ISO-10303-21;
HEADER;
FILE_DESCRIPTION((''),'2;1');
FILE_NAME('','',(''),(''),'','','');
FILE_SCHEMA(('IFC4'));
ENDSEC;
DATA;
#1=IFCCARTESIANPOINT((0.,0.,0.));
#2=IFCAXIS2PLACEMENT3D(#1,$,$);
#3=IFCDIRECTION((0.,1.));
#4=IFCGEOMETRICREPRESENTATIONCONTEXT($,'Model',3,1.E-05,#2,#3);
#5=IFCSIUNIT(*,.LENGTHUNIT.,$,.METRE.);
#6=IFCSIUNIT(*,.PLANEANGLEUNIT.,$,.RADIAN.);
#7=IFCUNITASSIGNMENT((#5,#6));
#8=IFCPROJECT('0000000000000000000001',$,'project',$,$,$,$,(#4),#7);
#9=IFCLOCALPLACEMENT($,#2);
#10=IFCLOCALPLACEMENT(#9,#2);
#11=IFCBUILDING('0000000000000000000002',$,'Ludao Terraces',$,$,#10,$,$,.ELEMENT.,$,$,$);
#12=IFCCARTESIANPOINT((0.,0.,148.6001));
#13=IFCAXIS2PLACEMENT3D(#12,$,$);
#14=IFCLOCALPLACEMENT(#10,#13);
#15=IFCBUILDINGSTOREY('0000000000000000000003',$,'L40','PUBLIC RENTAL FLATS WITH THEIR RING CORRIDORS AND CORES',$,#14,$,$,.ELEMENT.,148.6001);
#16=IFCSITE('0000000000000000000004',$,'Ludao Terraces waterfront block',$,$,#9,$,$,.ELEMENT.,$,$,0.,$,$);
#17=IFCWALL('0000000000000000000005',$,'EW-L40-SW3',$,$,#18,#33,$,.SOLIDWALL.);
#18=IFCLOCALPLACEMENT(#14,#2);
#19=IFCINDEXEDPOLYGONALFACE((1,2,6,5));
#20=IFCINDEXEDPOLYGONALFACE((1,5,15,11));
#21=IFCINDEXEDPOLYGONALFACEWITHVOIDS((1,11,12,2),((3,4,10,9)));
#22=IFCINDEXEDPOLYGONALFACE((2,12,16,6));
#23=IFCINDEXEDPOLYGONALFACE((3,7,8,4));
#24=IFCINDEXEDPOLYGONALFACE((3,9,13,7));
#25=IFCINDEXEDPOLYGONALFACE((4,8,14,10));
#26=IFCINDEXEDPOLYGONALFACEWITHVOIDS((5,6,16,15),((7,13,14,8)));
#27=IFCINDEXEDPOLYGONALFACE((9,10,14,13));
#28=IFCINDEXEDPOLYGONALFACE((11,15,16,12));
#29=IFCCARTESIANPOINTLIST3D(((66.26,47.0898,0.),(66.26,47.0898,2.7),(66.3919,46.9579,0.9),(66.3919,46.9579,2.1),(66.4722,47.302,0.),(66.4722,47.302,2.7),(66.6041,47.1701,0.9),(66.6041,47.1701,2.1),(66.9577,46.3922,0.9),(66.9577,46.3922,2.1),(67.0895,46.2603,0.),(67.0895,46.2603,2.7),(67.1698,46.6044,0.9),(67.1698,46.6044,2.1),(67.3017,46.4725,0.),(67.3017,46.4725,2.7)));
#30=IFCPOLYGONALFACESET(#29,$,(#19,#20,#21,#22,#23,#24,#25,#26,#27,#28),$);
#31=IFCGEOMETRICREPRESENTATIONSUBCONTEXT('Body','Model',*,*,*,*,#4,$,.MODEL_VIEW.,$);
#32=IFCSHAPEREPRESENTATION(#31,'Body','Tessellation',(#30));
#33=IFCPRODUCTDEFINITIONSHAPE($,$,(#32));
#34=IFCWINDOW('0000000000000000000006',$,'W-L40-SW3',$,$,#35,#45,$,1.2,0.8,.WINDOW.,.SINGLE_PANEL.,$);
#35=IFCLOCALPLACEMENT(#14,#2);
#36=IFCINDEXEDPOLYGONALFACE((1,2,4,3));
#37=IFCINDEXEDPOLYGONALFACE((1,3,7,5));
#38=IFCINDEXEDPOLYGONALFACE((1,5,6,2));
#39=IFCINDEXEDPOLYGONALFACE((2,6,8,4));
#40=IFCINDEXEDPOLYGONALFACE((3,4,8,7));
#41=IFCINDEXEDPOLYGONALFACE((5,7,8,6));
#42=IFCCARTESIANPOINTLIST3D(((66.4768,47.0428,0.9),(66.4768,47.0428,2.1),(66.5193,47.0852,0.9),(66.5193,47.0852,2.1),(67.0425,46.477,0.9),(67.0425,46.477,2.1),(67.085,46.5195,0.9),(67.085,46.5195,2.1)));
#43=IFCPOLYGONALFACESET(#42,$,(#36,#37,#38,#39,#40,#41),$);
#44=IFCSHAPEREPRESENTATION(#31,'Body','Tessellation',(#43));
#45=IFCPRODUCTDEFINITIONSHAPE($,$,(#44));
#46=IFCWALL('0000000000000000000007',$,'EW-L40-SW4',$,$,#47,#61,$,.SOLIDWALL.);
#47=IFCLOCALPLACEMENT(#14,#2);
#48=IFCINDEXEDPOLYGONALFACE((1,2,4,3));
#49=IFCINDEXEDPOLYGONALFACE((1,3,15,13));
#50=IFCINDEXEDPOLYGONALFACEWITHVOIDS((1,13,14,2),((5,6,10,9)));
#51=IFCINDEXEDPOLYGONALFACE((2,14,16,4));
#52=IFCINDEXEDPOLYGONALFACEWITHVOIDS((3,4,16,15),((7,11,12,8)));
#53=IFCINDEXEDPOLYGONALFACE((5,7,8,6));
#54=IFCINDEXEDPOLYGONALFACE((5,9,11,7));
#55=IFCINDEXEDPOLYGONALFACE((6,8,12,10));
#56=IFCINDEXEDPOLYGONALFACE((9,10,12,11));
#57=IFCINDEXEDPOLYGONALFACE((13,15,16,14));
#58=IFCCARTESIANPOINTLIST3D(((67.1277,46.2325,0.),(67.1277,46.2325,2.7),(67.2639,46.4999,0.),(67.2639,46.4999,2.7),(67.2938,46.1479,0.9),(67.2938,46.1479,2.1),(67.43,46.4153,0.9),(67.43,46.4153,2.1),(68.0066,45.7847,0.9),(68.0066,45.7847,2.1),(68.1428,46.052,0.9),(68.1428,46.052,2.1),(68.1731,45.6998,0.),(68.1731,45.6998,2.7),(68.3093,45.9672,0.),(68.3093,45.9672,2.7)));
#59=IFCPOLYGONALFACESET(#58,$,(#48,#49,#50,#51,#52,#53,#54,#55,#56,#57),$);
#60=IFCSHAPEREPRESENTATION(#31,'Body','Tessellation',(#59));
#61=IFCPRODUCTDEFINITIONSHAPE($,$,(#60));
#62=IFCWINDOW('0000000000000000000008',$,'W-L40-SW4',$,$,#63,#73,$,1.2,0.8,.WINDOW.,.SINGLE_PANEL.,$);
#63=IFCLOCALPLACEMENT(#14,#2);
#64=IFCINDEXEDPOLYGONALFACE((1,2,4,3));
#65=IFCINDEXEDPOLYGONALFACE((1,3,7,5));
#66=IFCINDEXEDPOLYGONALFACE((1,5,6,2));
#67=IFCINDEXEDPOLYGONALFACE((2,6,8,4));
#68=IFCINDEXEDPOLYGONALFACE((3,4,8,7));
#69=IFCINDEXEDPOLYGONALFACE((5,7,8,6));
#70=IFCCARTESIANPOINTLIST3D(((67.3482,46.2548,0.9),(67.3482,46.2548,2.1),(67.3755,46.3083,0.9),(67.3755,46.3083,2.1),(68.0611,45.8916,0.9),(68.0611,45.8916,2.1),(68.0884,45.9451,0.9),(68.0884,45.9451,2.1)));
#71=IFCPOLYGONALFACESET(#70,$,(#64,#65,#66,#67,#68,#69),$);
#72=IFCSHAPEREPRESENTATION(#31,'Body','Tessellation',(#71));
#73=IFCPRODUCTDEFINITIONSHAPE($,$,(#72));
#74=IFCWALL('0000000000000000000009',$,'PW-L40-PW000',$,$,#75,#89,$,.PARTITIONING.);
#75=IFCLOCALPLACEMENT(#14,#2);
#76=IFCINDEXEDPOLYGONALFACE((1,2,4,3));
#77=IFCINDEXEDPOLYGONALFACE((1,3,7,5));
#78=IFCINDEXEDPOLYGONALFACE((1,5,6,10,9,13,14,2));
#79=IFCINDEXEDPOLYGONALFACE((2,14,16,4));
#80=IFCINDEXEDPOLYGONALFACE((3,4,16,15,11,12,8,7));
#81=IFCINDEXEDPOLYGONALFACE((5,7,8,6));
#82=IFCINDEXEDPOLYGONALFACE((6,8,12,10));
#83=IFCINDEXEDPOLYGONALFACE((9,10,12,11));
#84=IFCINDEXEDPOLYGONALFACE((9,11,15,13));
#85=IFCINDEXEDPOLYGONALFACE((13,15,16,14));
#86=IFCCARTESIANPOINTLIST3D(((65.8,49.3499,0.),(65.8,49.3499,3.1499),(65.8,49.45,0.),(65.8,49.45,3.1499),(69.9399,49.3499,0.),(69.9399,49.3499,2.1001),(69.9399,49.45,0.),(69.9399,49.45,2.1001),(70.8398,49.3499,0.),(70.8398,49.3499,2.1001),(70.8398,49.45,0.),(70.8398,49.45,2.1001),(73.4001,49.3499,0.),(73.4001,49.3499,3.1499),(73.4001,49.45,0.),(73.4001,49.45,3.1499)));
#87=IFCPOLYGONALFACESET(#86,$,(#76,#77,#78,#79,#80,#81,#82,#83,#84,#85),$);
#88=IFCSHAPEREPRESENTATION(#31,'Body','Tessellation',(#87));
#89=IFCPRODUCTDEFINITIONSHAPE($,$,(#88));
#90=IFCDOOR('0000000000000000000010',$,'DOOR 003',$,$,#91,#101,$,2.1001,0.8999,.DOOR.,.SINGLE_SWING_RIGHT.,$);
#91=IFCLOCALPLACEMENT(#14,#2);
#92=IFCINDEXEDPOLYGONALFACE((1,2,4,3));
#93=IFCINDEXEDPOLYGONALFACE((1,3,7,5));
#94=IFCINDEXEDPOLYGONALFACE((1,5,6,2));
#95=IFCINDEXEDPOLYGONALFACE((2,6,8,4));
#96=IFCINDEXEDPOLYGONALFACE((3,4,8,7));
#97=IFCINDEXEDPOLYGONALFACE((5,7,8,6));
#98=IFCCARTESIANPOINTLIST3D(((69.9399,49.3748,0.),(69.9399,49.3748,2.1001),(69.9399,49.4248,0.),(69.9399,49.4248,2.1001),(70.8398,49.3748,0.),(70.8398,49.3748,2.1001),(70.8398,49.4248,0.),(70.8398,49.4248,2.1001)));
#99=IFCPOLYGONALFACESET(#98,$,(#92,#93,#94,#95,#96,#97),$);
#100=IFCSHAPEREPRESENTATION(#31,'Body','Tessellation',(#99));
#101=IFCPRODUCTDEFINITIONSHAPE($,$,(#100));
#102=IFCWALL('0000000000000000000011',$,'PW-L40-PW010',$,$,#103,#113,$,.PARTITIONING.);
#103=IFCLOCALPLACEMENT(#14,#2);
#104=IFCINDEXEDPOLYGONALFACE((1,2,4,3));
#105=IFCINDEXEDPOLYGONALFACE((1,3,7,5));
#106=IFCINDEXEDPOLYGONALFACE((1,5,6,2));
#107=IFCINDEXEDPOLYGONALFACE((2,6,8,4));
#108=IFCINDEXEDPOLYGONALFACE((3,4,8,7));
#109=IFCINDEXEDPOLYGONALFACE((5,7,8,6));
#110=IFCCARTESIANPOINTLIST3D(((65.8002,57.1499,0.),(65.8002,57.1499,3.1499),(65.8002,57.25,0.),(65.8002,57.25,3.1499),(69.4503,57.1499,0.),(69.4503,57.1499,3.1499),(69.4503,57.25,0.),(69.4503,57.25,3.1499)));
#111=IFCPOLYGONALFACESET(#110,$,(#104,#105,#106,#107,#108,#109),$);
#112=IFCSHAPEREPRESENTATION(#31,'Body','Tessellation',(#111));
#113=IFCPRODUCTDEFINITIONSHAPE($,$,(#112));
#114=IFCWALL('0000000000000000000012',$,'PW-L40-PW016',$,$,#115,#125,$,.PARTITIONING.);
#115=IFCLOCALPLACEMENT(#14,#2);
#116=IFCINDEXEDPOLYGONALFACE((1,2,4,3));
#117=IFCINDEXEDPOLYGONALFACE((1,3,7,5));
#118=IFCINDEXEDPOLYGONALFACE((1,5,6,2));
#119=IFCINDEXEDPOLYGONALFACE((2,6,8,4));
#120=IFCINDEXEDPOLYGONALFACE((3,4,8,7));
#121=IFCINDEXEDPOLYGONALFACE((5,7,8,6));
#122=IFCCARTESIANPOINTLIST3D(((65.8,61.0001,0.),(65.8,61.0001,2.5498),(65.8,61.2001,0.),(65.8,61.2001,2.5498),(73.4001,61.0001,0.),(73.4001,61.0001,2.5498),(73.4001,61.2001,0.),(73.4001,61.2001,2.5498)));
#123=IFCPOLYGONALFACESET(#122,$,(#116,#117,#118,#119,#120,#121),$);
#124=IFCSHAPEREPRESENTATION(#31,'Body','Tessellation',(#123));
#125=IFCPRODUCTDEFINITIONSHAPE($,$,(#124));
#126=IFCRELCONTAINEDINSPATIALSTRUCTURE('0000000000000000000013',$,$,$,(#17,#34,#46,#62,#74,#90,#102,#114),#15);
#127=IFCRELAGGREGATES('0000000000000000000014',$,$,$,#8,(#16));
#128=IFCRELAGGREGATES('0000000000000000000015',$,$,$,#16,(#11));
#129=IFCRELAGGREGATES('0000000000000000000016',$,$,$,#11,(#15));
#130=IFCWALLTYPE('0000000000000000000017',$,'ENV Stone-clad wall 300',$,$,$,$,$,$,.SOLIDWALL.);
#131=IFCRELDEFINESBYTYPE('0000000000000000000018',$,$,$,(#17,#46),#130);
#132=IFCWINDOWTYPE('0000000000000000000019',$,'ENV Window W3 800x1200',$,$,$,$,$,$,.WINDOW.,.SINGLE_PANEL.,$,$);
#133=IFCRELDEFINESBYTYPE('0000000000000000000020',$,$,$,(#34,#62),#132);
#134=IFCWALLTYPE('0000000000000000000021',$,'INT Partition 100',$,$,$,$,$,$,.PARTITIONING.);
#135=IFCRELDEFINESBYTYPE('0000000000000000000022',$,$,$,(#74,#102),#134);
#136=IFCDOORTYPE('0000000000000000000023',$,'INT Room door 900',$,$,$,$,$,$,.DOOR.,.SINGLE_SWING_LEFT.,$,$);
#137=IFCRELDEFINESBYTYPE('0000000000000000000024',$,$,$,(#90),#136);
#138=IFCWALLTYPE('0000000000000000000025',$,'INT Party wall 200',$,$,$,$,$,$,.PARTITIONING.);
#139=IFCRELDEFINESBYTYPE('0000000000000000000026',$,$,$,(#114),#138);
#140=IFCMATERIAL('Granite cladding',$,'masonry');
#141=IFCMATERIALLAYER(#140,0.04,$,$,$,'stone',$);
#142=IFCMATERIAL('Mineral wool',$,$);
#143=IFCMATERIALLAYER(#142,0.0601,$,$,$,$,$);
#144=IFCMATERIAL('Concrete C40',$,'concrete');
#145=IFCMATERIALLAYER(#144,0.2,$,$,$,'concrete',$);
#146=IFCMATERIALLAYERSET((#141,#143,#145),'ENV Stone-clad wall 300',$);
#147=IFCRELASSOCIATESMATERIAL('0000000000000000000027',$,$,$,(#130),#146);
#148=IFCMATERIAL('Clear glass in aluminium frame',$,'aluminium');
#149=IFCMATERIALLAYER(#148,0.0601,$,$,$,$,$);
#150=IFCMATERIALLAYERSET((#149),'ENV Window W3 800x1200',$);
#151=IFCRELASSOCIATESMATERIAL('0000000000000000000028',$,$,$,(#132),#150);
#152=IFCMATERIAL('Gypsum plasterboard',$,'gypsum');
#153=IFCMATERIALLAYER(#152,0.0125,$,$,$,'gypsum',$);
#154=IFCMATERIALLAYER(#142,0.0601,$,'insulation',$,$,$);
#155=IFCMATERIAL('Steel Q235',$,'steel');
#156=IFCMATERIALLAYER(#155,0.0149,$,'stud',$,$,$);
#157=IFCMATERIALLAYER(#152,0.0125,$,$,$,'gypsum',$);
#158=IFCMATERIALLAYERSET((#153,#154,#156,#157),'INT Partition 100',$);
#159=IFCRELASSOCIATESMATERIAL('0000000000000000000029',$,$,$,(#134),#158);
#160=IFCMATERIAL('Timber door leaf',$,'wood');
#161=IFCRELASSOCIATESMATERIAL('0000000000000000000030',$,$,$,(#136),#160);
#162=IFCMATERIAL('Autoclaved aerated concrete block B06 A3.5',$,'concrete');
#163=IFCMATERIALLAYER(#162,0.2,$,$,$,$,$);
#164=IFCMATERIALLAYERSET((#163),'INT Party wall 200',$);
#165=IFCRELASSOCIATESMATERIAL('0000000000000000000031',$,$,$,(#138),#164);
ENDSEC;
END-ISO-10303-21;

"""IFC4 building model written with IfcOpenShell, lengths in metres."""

from ifc_helpers import new_model, si_unit, direction, frame, frame_2d, origin, place, context, subcontext, project, spatial, rectangle, extrude, material, layer, layer_set, type_object, element, fill, save


model = new_model("IFC4")

# Units and contexts
model_context = context("Model", 3, precision=1e-05, world=origin(), true_north=direction((0.0, 1.0)))
body_context = subcontext(model_context, "Body", "Model", "MODEL_VIEW")
ifc_project = project(units=[si_unit("LENGTHUNIT", "METRE"), si_unit("PLANEANGLEUNIT", "RADIAN")], contexts=[model_context])

# Site, building, storey
site_placement = place(None, origin())
site = spatial("IfcSite", under=ifc_project, at=site_placement, Name="Ludao Terraces waterfront block", CompositionType="ELEMENT", RefElevation=0.0)
building_placement = place(site_placement, origin())
building = spatial("IfcBuilding", under=site, at=building_placement, Name="Ludao Terraces", CompositionType="ELEMENT")
storey_placement = place(building_placement, frame((0.0, 0.0, 148.6001)))
storey = spatial("IfcBuildingStorey", under=building, at=storey_placement, Name="L40", Description="PUBLIC RENTAL FLATS WITH THEIR RING CORRIDORS AND CORES", CompositionType="ELEMENT", Elevation=148.6001)

# Shared definitions
ifc_material_1 = material(Name="Concrete C40", Category="concrete")

# Shared definitions
ifc_material_2 = material(Name="Granite cladding", Category="masonry")
ifc_layer_1 = layer(ifc_material_2, 0.04, Category="stone")
ifc_material_3 = material(Name="Mineral wool")
ifc_layer_2 = layer(ifc_material_3, 0.0601)
ifc_layer_3 = layer(ifc_material_1, 0.2, Category="concrete")
ifc_layer_set_1 = layer_set([ifc_layer_1, ifc_layer_2, ifc_layer_3], Name="ENV Stone-clad wall 300")
wall_type_1 = type_object("IfcWallType", Name="ENV Stone-clad wall 300", PredefinedType="SOLIDWALL", material=ifc_layer_set_1)
ifc_material_4 = material(Name="Clear glass in aluminium frame", Category="aluminium")

# Walls, openings, windows
ifc_layer_4 = layer(ifc_material_4, 0.0601)
ifc_layer_set_2 = layer_set([ifc_layer_4], Name="ENV Window W3 800x1200")
window_type_1 = type_object("IfcWindowType", Name="ENV Window W3 800x1200", PartitioningType="SINGLE_PANEL", PredefinedType="WINDOW", material=ifc_layer_set_2)
wall_1_placement = place(storey_placement, frame((66.3662, 47.1958, 0.0), z_axis=(0.0, 0.0, 1.0), x_axis=(0.707107, -0.707107, 0.0)))
wall_1 = element("IfcWall", 1, at=wall_1_placement, inside=storey, type_object=wall_type_1, Name="EW-L40-SW3", PredefinedType="SOLIDWALL", context=body_context, shape_type="SweptSolid", body=[
    extrude(rectangle(XDim=1.1731, YDim=0.3, at=frame_2d((0.5864, 0.0))), origin(), (0.0, 0.0, 1.0), 2.7),
])
opening_1_placement = place(wall_1_placement, frame((0.1865, 0.0, 0.8999)))
opening_1 = element("IfcOpeningElement", 2, at=opening_1_placement, cuts=wall_1, PredefinedType="OPENING", context=body_context, shape_type="SweptSolid", body=[
    extrude(rectangle(XDim=0.8, YDim=1.2, at=frame_2d((0.3999, 0.6001))), frame((0.0, 0.1602, 0.0), z_axis=(0.0, -1.0, 0.0), x_axis=(1.0, 0.0, 0.0)), (0.0, 0.0, 1.0), 0.3201),
])
window_1_placement = place(opening_1_placement, origin())
window_1 = element("IfcWindow", 3, at=window_1_placement, inside=storey, type_object=window_type_1, Name="W-L40-SW3", OverallHeight=1.2, OverallWidth=0.8, PartitioningType="SINGLE_PANEL", PredefinedType="WINDOW", context=body_context, shape_type="SweptSolid", body=[
    extrude(rectangle(XDim=0.8, YDim=1.2, at=frame_2d((0.3999, 0.6001))), frame((0.0, 0.03, 0.0), z_axis=(0.0, -1.0, 0.0), x_axis=(1.0, 0.0, 0.0)), (0.0, 0.0, 1.0), 0.0601),
])
fill(opening_1, window_1)
wall_2_placement = place(storey_placement, frame((67.1958, 46.3662, 0.0), z_axis=(0.0, 0.0, 1.0), x_axis=(0.890989, -0.454026, 0.0)))
wall_2 = element("IfcWall", 4, at=wall_2_placement, inside=storey, type_object=wall_type_1, Name="EW-L40-SW4", PredefinedType="SOLIDWALL", context=body_context, shape_type="SweptSolid", body=[
    extrude(rectangle(XDim=1.1733, YDim=0.3, at=frame_2d((0.5867, 0.0))), origin(), (0.0, 0.0, 1.0), 2.7),
])
opening_2_placement = place(wall_2_placement, frame((0.1865, 0.0, 0.8999)))
opening_2 = element("IfcOpeningElement", 5, at=opening_2_placement, cuts=wall_2, PredefinedType="OPENING", context=body_context, shape_type="SweptSolid", body=[
    extrude(rectangle(XDim=0.8, YDim=1.2, at=frame_2d((0.3999, 0.6001))), frame((0.0, 0.1602, 0.0), z_axis=(0.0, -1.0, 0.0), x_axis=(1.0, 0.0, 0.0)), (0.0, 0.0, 1.0), 0.3201),
])
window_2_placement = place(opening_2_placement, origin())
window_2 = element("IfcWindow", 6, at=window_2_placement, inside=storey, type_object=window_type_1, Name="W-L40-SW4", OverallHeight=1.2, OverallWidth=0.8, PartitioningType="SINGLE_PANEL", PredefinedType="WINDOW", context=body_context, shape_type="SweptSolid", body=[
    extrude(rectangle(XDim=0.8, YDim=1.2, at=frame_2d((0.3999, 0.6001))), frame((0.0, 0.03, 0.0), z_axis=(0.0, -1.0, 0.0), x_axis=(1.0, 0.0, 0.0)), (0.0, 0.0, 1.0), 0.0601),
])
fill(opening_2, window_2)

# Wall, opening, door
ifc_material_5 = material(Name="Gypsum plasterboard", Category="gypsum")
ifc_layer_5 = layer(ifc_material_5, 0.0125, Category="gypsum")
ifc_layer_6 = layer(ifc_material_3, 0.0601, Name="insulation")
ifc_material_6 = material(Name="Steel Q235", Category="steel")
ifc_layer_7 = layer(ifc_material_6, 0.0149, Name="stud")
ifc_layer_8 = layer(ifc_material_5, 0.0125, Category="gypsum")
ifc_layer_set_3 = layer_set([ifc_layer_5, ifc_layer_6, ifc_layer_7, ifc_layer_8], Name="INT Partition 100")
wall_type_2 = type_object("IfcWallType", Name="INT Partition 100", PredefinedType="PARTITIONING", material=ifc_layer_set_3)
wall_3_placement = place(storey_placement, frame((65.8, 49.3999, 0.0), z_axis=(0.0, 0.0, 1.0), x_axis=(1.0, 0.0, 0.0)))
wall_3 = element("IfcWall", 7, at=wall_3_placement, inside=storey, type_object=wall_type_2, Name="PW-L40-PW000", PredefinedType="PARTITIONING", context=body_context, shape_type="SweptSolid", body=[
    extrude(rectangle(XDim=7.6001, YDim=0.1001, at=frame_2d((3.8, 0.0))), origin(), (0.0, 0.0, 1.0), 3.1499),
])
opening_3_placement = place(wall_3_placement, frame((4.1399, 0.0, 0.0)))
opening_3 = element("IfcOpeningElement", 8, at=opening_3_placement, cuts=wall_3, PredefinedType="OPENING", context=body_context, shape_type="SweptSolid", body=[
    extrude(rectangle(XDim=0.8999, YDim=2.1001, at=frame_2d((0.45, 1.05))), frame((0.0, 0.0601, 0.0), z_axis=(0.0, -1.0, 0.0), x_axis=(1.0, 0.0, 0.0)), (0.0, 0.0, 1.0), 0.1201),
])
ifc_material_7 = material(Name="Timber door leaf", Category="wood")
door_type_1 = type_object("IfcDoorType", Name="INT Room door 900", OperationType="SINGLE_SWING_LEFT", PredefinedType="DOOR", material=ifc_material_7)
door_1_placement = place(opening_3_placement, origin())
door_1 = element("IfcDoor", 9, at=door_1_placement, inside=storey, type_object=door_type_1, Name="DOOR 003", OperationType="SINGLE_SWING_RIGHT", OverallHeight=2.1001, OverallWidth=0.8999, PredefinedType="DOOR", context=body_context, shape_type="SweptSolid", body=[
    extrude(rectangle(XDim=0.8999, YDim=2.1001, at=frame_2d((0.45, 1.05))), frame((0.0, 0.0249, 0.0), z_axis=(0.0, -1.0, 0.0), x_axis=(1.0, 0.0, 0.0)), (0.0, 0.0, 1.0), 0.05),
])
fill(opening_3, door_1)

# Walls
wall_4_placement = place(storey_placement, frame((65.8, 57.2, 0.0), z_axis=(0.0, 0.0, 1.0), x_axis=(1.0, 0.0, 0.0)))
element("IfcWall", 10, at=wall_4_placement, inside=storey, type_object=wall_type_2, Name="PW-L40-PW010", PredefinedType="PARTITIONING", context=body_context, shape_type="SweptSolid", body=[
    extrude(rectangle(XDim=3.6501, YDim=0.1001, at=frame_2d((1.8252, 0.0))), origin(), (0.0, 0.0, 1.0), 3.1499),
])
ifc_material_8 = material(Name="Autoclaved aerated concrete block B06 A3.5", Category="concrete")
ifc_layer_9 = layer(ifc_material_8, 0.2)
ifc_layer_set_4 = layer_set([ifc_layer_9], Name="INT Party wall 200")
wall_type_3 = type_object("IfcWallType", Name="INT Party wall 200", PredefinedType="PARTITIONING", material=ifc_layer_set_4)
wall_5_placement = place(storey_placement, frame((65.8, 61.1001, 0.0), z_axis=(0.0, 0.0, 1.0), x_axis=(1.0, 0.0, 0.0)))
element("IfcWall", 11, at=wall_5_placement, inside=storey, type_object=wall_type_3, Name="PW-L40-PW016", PredefinedType="PARTITIONING", context=body_context, shape_type="SweptSolid", body=[
    extrude(rectangle(XDim=7.6001, YDim=0.2, at=frame_2d((3.8, 0.0))), origin(), (0.0, 0.0, 1.0), 2.5498),
])

save(model, "model.ifc")
